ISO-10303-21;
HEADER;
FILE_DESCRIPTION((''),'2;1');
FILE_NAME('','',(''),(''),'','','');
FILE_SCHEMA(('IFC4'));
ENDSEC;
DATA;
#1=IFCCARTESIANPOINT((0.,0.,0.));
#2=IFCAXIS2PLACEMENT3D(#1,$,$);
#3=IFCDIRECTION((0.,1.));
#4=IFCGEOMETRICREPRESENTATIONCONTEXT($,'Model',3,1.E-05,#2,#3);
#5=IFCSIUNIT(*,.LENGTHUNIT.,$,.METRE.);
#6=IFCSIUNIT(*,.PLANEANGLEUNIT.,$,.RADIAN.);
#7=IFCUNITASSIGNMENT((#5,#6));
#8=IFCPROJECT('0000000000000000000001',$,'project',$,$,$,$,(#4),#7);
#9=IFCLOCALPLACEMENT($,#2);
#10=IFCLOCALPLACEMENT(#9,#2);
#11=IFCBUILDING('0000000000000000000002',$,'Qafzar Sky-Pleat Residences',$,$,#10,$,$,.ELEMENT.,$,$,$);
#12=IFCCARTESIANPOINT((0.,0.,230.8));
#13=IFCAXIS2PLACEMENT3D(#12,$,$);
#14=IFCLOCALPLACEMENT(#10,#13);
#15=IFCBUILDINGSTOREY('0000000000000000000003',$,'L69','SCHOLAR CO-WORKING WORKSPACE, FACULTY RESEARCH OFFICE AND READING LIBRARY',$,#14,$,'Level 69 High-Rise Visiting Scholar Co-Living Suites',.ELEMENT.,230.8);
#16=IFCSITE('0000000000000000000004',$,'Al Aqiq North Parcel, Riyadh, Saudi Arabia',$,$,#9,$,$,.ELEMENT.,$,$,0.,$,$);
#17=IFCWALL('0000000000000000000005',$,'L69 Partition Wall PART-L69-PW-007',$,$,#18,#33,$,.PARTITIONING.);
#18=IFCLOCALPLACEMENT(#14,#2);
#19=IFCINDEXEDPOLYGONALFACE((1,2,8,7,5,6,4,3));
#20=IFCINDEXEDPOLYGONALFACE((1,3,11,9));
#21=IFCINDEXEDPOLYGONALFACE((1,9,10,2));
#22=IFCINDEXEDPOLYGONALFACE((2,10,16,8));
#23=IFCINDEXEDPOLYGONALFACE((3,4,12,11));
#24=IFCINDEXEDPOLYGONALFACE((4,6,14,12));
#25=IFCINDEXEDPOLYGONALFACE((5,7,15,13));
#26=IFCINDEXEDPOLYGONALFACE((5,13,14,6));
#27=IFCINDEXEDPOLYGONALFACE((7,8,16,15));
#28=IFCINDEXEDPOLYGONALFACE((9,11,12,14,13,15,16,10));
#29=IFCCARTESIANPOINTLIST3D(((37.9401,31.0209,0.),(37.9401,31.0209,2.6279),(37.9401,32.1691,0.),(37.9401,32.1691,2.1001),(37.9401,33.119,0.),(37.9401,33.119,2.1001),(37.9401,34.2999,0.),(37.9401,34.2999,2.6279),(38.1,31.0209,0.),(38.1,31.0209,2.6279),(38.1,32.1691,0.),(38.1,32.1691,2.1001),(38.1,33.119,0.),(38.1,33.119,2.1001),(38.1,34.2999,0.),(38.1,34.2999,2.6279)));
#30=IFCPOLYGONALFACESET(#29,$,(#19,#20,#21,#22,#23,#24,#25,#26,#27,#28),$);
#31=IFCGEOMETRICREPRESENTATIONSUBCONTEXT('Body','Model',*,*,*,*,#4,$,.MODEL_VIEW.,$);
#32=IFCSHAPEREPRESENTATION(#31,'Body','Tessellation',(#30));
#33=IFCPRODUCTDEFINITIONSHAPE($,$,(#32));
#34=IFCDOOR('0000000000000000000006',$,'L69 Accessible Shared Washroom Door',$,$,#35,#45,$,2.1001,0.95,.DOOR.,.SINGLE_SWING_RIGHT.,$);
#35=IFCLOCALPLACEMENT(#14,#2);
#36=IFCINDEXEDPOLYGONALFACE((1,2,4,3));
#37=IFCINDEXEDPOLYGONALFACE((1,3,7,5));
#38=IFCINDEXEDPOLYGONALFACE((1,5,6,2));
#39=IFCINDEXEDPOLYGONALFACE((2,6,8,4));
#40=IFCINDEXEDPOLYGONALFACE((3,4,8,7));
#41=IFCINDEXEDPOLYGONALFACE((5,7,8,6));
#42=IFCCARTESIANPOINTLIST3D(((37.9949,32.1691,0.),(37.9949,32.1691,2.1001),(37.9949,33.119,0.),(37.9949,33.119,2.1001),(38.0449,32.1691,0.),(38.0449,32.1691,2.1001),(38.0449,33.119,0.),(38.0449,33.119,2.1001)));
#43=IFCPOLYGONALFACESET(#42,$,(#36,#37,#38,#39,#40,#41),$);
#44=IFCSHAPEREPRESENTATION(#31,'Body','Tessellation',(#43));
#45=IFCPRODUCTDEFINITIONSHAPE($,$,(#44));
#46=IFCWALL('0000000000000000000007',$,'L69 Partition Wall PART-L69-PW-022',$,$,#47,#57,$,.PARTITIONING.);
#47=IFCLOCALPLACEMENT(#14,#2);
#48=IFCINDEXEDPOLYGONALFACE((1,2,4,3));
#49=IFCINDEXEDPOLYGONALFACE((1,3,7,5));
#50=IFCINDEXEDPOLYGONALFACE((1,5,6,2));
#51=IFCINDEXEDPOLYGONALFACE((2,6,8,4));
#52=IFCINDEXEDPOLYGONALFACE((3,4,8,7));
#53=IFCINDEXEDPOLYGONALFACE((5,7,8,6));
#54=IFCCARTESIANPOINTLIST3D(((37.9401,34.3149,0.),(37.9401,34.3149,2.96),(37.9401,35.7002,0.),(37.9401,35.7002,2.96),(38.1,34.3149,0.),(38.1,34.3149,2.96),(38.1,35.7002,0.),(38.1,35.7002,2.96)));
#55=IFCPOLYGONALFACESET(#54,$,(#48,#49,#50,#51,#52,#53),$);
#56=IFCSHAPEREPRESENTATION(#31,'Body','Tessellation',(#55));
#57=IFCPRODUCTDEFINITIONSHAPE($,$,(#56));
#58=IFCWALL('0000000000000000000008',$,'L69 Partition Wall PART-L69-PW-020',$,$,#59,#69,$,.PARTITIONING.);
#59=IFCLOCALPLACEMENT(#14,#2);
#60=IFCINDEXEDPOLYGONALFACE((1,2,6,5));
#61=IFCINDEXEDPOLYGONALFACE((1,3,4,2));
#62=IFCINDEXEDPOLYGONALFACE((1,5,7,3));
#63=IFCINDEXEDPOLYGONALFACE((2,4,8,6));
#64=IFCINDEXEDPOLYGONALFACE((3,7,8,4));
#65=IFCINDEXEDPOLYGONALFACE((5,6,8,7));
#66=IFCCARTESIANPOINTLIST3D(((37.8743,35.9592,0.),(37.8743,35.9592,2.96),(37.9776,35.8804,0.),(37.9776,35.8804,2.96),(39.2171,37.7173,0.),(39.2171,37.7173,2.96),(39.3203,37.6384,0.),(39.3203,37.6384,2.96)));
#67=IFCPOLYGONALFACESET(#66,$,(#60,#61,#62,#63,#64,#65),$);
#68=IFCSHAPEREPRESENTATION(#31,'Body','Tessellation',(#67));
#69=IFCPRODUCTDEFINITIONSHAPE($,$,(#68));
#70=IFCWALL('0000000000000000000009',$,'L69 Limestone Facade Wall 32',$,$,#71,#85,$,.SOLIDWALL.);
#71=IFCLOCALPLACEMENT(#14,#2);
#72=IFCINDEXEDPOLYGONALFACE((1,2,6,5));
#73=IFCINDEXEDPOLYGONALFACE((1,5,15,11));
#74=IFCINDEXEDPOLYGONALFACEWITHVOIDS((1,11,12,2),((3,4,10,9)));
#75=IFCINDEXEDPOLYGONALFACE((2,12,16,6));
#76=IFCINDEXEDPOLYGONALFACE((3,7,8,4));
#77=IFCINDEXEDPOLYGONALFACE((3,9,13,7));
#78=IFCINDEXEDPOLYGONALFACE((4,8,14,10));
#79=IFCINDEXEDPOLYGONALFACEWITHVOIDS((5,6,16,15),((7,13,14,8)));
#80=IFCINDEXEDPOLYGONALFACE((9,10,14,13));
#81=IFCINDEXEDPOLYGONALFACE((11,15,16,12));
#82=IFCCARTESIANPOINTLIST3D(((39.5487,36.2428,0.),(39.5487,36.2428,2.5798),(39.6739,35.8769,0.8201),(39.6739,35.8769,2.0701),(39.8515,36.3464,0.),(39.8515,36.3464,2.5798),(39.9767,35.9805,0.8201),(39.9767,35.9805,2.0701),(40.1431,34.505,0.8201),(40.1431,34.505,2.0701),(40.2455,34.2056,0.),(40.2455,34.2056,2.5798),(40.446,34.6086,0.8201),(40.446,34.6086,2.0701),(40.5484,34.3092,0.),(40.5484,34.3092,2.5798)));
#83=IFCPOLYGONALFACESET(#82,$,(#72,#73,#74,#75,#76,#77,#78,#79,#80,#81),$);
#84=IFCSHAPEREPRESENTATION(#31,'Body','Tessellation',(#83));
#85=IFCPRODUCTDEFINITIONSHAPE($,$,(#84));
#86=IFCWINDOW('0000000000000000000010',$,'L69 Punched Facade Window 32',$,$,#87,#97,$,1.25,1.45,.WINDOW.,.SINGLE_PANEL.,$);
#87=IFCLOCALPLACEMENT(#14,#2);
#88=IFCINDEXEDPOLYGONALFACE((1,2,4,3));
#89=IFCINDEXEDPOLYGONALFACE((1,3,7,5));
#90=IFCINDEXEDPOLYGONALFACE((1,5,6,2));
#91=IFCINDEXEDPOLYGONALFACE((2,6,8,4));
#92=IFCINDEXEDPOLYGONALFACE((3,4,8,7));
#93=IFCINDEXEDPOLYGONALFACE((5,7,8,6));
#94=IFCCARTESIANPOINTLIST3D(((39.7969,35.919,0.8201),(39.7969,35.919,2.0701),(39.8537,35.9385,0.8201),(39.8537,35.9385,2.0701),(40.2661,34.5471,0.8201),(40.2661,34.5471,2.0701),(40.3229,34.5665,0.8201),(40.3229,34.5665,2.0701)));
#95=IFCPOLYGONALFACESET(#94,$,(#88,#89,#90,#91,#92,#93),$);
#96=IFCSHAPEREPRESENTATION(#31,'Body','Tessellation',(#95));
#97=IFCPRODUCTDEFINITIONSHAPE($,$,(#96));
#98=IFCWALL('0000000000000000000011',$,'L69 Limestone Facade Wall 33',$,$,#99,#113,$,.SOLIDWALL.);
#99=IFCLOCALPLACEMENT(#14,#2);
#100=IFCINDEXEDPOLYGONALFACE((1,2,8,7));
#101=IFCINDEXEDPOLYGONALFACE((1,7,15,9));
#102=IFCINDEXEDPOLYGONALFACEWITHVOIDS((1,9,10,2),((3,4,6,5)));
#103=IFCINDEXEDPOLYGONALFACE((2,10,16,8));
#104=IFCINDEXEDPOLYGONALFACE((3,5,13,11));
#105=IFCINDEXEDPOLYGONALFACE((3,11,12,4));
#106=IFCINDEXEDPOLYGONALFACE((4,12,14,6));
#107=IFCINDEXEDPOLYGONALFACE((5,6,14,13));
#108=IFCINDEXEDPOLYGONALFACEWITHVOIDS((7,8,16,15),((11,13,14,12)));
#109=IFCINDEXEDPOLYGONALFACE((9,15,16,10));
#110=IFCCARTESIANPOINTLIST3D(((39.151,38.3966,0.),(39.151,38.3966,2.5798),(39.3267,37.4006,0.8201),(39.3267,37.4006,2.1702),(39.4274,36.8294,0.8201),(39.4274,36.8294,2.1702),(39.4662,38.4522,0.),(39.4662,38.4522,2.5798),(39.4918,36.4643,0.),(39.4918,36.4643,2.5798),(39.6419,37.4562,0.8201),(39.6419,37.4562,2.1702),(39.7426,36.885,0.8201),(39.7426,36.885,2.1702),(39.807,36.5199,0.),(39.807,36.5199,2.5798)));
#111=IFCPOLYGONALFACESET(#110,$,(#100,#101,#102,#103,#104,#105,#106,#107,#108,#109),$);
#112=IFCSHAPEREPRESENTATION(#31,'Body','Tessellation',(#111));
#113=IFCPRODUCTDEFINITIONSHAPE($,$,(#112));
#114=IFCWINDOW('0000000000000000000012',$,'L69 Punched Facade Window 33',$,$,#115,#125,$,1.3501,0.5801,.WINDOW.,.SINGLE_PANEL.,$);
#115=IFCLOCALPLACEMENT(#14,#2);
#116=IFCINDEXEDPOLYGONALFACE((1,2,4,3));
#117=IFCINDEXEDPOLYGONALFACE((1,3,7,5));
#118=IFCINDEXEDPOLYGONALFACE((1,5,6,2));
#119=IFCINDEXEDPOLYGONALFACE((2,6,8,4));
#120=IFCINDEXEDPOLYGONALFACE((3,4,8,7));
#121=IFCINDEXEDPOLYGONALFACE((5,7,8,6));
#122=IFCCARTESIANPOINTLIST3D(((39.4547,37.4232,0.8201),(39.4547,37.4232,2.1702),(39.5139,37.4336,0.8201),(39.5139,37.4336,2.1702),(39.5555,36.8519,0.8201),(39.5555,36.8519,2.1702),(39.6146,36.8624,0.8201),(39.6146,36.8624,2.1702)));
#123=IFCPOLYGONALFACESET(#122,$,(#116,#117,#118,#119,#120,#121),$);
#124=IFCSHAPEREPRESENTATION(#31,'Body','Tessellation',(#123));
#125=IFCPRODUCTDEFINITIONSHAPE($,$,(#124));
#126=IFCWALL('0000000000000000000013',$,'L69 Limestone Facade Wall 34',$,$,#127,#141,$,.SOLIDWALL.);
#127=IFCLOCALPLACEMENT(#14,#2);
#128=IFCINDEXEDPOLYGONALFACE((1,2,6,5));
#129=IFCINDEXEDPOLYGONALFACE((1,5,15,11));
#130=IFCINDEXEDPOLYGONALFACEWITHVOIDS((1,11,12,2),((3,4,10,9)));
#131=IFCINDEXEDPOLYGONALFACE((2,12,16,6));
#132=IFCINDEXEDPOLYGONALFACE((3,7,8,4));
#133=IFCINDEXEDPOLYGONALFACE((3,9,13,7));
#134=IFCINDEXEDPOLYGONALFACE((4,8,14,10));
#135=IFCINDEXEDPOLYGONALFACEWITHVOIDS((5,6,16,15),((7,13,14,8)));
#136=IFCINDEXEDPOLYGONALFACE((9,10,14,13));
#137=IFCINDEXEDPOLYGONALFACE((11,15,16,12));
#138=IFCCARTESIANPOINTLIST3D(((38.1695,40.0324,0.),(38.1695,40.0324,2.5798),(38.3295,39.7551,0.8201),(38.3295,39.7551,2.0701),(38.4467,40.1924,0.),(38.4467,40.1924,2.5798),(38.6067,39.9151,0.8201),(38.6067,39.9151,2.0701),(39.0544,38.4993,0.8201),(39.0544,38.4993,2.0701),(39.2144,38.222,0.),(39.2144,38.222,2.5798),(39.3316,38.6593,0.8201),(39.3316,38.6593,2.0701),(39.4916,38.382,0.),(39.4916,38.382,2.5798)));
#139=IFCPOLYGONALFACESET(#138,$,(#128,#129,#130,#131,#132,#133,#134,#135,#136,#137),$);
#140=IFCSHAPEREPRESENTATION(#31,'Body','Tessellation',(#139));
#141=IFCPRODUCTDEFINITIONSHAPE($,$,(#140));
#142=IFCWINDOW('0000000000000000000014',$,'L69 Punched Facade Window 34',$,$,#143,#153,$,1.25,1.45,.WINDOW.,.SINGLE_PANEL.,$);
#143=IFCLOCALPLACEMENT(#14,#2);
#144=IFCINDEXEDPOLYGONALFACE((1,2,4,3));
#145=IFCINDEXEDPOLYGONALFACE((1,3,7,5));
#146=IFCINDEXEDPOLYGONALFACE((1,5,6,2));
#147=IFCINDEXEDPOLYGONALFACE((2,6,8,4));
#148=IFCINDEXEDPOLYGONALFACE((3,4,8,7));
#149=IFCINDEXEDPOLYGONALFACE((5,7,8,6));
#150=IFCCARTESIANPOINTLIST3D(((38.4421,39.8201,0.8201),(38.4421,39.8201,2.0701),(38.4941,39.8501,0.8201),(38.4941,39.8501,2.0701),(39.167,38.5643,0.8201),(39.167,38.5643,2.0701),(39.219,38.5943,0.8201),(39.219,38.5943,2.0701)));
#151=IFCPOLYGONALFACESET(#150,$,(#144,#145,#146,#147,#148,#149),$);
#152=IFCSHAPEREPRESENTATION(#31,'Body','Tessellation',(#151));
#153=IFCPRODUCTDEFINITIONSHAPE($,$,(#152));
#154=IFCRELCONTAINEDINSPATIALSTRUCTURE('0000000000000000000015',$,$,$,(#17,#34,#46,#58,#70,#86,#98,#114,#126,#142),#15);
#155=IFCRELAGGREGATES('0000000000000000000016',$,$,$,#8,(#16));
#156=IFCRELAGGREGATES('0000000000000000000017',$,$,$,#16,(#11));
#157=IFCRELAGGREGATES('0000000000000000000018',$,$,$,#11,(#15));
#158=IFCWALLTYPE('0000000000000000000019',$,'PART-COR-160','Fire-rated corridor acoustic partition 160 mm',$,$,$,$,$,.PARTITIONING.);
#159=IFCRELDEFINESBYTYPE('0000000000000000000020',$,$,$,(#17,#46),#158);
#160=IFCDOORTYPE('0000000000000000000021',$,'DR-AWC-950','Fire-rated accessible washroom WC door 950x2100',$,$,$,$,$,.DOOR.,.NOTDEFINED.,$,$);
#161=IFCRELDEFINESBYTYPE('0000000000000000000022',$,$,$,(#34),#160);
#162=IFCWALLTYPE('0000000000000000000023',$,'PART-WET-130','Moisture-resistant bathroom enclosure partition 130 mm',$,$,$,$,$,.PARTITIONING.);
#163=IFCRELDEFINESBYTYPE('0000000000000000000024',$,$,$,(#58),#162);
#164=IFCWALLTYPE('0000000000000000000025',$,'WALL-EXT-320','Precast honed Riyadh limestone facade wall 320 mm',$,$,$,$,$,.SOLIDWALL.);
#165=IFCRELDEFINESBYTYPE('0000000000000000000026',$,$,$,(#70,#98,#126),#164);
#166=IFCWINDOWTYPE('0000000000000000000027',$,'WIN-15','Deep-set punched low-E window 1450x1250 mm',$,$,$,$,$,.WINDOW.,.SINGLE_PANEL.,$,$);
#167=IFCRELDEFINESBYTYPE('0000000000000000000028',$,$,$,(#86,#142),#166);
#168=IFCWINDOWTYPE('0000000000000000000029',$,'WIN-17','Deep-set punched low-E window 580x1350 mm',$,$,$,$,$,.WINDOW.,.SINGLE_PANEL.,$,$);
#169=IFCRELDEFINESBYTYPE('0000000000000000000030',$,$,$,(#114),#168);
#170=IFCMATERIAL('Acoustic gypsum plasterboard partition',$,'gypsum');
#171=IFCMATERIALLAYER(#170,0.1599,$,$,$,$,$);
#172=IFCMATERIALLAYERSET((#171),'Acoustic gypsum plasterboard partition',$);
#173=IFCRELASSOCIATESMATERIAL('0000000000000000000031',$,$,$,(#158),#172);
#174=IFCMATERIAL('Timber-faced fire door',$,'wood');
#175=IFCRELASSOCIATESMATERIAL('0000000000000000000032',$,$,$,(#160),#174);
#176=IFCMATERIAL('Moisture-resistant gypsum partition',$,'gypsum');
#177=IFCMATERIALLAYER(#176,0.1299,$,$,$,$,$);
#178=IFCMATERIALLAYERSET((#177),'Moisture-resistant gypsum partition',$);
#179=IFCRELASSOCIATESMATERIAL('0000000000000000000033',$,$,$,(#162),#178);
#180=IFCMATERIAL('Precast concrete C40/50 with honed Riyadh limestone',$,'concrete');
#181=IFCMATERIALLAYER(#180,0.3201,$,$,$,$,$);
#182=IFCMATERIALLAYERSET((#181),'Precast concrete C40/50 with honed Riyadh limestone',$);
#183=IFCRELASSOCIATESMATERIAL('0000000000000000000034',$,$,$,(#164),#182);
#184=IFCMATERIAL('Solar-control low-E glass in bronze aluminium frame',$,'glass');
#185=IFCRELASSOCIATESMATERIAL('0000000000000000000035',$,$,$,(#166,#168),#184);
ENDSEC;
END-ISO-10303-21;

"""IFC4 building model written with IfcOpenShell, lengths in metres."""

from ifc_helpers import new_model, si_unit, direction, frame, frame_2d, origin, place, context, subcontext, project, spatial, rectangle, extrude, source, transform, mapped, material, layer, layer_set, type_object, element, fill, save


model = new_model("IFC4")

# Units and contexts
model_context = context("Model", 3, precision=1e-05, world=origin(), true_north=direction((0.0, 1.0)))
body_context = subcontext(model_context, "Body", "Model", "MODEL_VIEW")
ifc_project = project(units=[si_unit("LENGTHUNIT", "METRE"), si_unit("PLANEANGLEUNIT", "RADIAN")], contexts=[model_context])

# Site, building, storey
site_placement = place(None, origin())
site = spatial("IfcSite", under=ifc_project, at=site_placement, Name="Al Aqiq North Parcel, Riyadh, Saudi Arabia", CompositionType="ELEMENT", RefElevation=0.0)
building_placement = place(site_placement, origin())
building = spatial("IfcBuilding", under=site, at=building_placement, Name="Qafzar Sky-Pleat Residences", CompositionType="ELEMENT")
storey_placement = place(building_placement, frame((0.0, 0.0, 230.8)))
storey = spatial("IfcBuildingStorey", under=building, at=storey_placement, Name="L69", Description="SCHOLAR CO-WORKING WORKSPACE, FACULTY RESEARCH OFFICE AND READING LIBRARY", LongName="Level 69 High-Rise Visiting Scholar Co-Living Suites", CompositionType="ELEMENT", Elevation=230.8)

# Wall, opening, door
ifc_material_1 = material(Name="Acoustic gypsum plasterboard partition", Category="gypsum")
ifc_layer_1 = layer(ifc_material_1, 0.1599)
ifc_layer_set_1 = layer_set([ifc_layer_1], Name="Acoustic gypsum plasterboard partition")
wall_type_1 = type_object("IfcWallType", Name="PART-COR-160", Description="Fire-rated corridor acoustic partition 160 mm", PredefinedType="PARTITIONING", material=ifc_layer_set_1)
wall_1_placement = place(storey_placement, frame((38.02, 34.3, 0.0), z_axis=(0.0, 0.0, 1.0), x_axis=(0.0, -1.0, 0.0)))
wall_1 = element("IfcWall", 1, at=wall_1_placement, inside=storey, type_object=wall_type_1, Name="L69 Partition Wall PART-L69-PW-007", PredefinedType="PARTITIONING", context=body_context, shape_type="SweptSolid", body=[
    extrude(rectangle(XDim=3.2791, YDim=0.1599, at=frame_2d((1.6396, 0.0))), origin(), (0.0, 0.0, 1.0), 2.6279),
])
opening_1_placement = place(wall_1_placement, frame((1.1809, 0.0, 0.0)))
opening_1 = element("IfcOpeningElement", 2, at=opening_1_placement, cuts=wall_1, PredefinedType="OPENING", context=body_context, shape_type="SweptSolid", body=[
    extrude(rectangle(XDim=0.95, YDim=2.1001, at=frame_2d((0.4751, 1.05))), frame((0.0, 0.0898, 0.0), z_axis=(0.0, -1.0, 0.0), x_axis=(1.0, 0.0, 0.0)), (0.0, 0.0, 1.0), 0.1799),
])
ifc_material_2 = material(Name="Timber-faced fire door", Category="wood")
door_type = type_object("IfcDoorType", Name="DR-AWC-950", Description="Fire-rated accessible washroom WC door 950x2100", OperationType="NOTDEFINED", PredefinedType="DOOR", material=ifc_material_2)
shared_shape_1 = source(origin(), body_context, "Body", "SweptSolid", [
    extrude(rectangle(XDim=0.95, YDim=2.1001, at=frame_2d((0.4751, 1.05))), frame((0.0, 0.0249, 0.0), z_axis=(0.0, -1.0, 0.0), x_axis=(1.0, 0.0, 0.0)), (0.0, 0.0, 1.0), 0.05),
])
door_placement = place(opening_1_placement, origin())
door = element("IfcDoor", 3, at=door_placement, inside=storey, type_object=door_type, Name="L69 Accessible Shared Washroom Door", OperationType="SINGLE_SWING_RIGHT", OverallHeight=2.1001, OverallWidth=0.95, PredefinedType="DOOR", context=body_context, shape_type="MappedRepresentation", body=[
    mapped(shared_shape_1, transform((0.0, 0.0, 0.0), x_axis=(1.0, 0.0, 0.0), y_axis=(0.0, 1.0, 0.0), z_axis=(0.0, 0.0, 1.0), scale=1.0)),
])
fill(opening_1, door)

# Walls
wall_2_placement = place(storey_placement, frame((38.02, 34.3149, 0.0), z_axis=(0.0, 0.0, 1.0), x_axis=(0.0, 1.0, 0.0)))
element("IfcWall", 4, at=wall_2_placement, inside=storey, type_object=wall_type_1, Name="L69 Partition Wall PART-L69-PW-022", PredefinedType="PARTITIONING", context=body_context, shape_type="SweptSolid", body=[
    extrude(rectangle(XDim=1.3853, YDim=0.1599, at=frame_2d((0.6926, 0.0))), origin(), (0.0, 0.0, 1.0), 2.96),
])
ifc_material_3 = material(Name="Moisture-resistant gypsum partition", Category="gypsum")
ifc_layer_2 = layer(ifc_material_3, 0.1299)
ifc_layer_set_2 = layer_set([ifc_layer_2], Name="Moisture-resistant gypsum partition")
wall_type_2 = type_object("IfcWallType", Name="PART-WET-130", Description="Moisture-resistant bathroom enclosure partition 130 mm", PredefinedType="PARTITIONING", material=ifc_layer_set_2)
wall_3_placement = place(storey_placement, frame((37.926, 35.9199, 0.0), z_axis=(0.0, 0.0, 1.0), x_axis=(0.606987, 0.794712, 0.0)))
element("IfcWall", 5, at=wall_3_placement, inside=storey, type_object=wall_type_2, Name="L69 Partition Wall PART-L69-PW-020", PredefinedType="PARTITIONING", context=body_context, shape_type="SweptSolid", body=[
    extrude(rectangle(XDim=2.2122, YDim=0.1299, at=frame_2d((1.106, 0.0))), origin(), (0.0, 0.0, 1.0), 2.96),
])

# Walls, openings, windows
ifc_material_4 = material(Name="Precast concrete C40/50 with honed Riyadh limestone", Category="concrete")
ifc_layer_3 = layer(ifc_material_4, 0.3201)
ifc_layer_set_3 = layer_set([ifc_layer_3], Name="Precast concrete C40/50 with honed Riyadh limestone")
wall_type_3 = type_object("IfcWallType", Name="WALL-EXT-320", Description="Precast honed Riyadh limestone facade wall 320 mm", PredefinedType="SOLIDWALL", material=ifc_layer_set_3)
wall_4_placement = place(storey_placement, frame((40.397, 34.2573, 0.0), z_axis=(0.0, 0.0, 1.0), x_axis=(-0.323634, 0.946182, 0.0)))
wall_4 = element("IfcWall", 6, at=wall_4_placement, inside=storey, type_object=wall_type_3, Name="L69 Limestone Facade Wall 32", PredefinedType="SOLIDWALL", context=body_context, shape_type="SweptSolid", body=[
    extrude(rectangle(XDim=2.1531, YDim=0.3201, at=frame_2d((1.0767, 0.0))), origin(), (0.0, 0.0, 1.0), 2.5798),
])
opening_2_placement = place(wall_4_placement, frame((0.3164, 0.0, 0.8201)))
opening_2 = element("IfcOpeningElement", 7, at=opening_2_placement, cuts=wall_4, PredefinedType="OPENING", context=body_context, shape_type="SweptSolid", body=[
    extrude(rectangle(XDim=1.45, YDim=1.25, at=frame_2d((0.7251, 0.625))), frame((0.0, 0.1699, 0.0), z_axis=(0.0, -1.0, 0.0), x_axis=(1.0, 0.0, 0.0)), (0.0, 0.0, 1.0), 0.3401),
])
ifc_material_5 = material(Name="Solar-control low-E glass in bronze aluminium frame", Category="glass")
window_type_1 = type_object("IfcWindowType", Name="WIN-15", Description="Deep-set punched low-E window 1450x1250 mm", PartitioningType="SINGLE_PANEL", PredefinedType="WINDOW", material=ifc_material_5)
shared_shape_2 = source(origin(), body_context, "Body", "SweptSolid", [
    extrude(rectangle(XDim=1.45, YDim=1.25, at=frame_2d((0.7251, 0.625))), frame((0.0, 0.03, 0.0), z_axis=(0.0, -1.0, 0.0), x_axis=(1.0, 0.0, 0.0)), (0.0, 0.0, 1.0), 0.0601),
])
window_1_placement = place(opening_2_placement, origin())
window_1 = element("IfcWindow", 8, at=window_1_placement, inside=storey, type_object=window_type_1, Name="L69 Punched Facade Window 32", OverallHeight=1.25, OverallWidth=1.45, PartitioningType="SINGLE_PANEL", PredefinedType="WINDOW", context=body_context, shape_type="MappedRepresentation", body=[
    mapped(shared_shape_2, transform((0.0, 0.0, 0.0), x_axis=(1.0, 0.0, 0.0), y_axis=(0.0, 1.0, 0.0), z_axis=(0.0, 0.0, 1.0), scale=1.0)),
])
fill(opening_2, window_1)
wall_5_placement = place(storey_placement, frame((39.6494, 36.4922, 0.0), z_axis=(0.0, 0.0, 1.0), x_axis=(-0.173693, 0.9848, 0.0)))
wall_5 = element("IfcWall", 9, at=wall_5_placement, inside=storey, type_object=wall_type_3, Name="L69 Limestone Facade Wall 33", PredefinedType="SOLIDWALL", context=body_context, shape_type="SweptSolid", body=[
    extrude(rectangle(XDim=1.9622, YDim=0.3201, at=frame_2d((0.981, 0.0))), origin(), (0.0, 0.0, 1.0), 2.5798),
])
opening_3_placement = place(wall_5_placement, frame((0.3706, 0.0, 0.8201)))
opening_3 = element("IfcOpeningElement", 10, at=opening_3_placement, cuts=wall_5, PredefinedType="OPENING", context=body_context, shape_type="SweptSolid", body=[
    extrude(rectangle(XDim=0.5801, YDim=1.3501, at=frame_2d((0.29, 0.675))), frame((0.0, 0.1699, 0.0), z_axis=(0.0, -1.0, 0.0), x_axis=(1.0, 0.0, 0.0)), (0.0, 0.0, 1.0), 0.3401),
])
window_type_2 = type_object("IfcWindowType", Name="WIN-17", Description="Deep-set punched low-E window 580x1350 mm", PartitioningType="SINGLE_PANEL", PredefinedType="WINDOW", material=ifc_material_5)
shared_shape_3 = source(origin(), body_context, "Body", "SweptSolid", [
    extrude(rectangle(XDim=0.5801, YDim=1.3501, at=frame_2d((0.29, 0.675))), frame((0.0, 0.03, 0.0), z_axis=(0.0, -1.0, 0.0), x_axis=(1.0, 0.0, 0.0)), (0.0, 0.0, 1.0), 0.0601),
])
window_2_placement = place(opening_3_placement, origin())
window_2 = element("IfcWindow", 11, at=window_2_placement, inside=storey, type_object=window_type_2, Name="L69 Punched Facade Window 33", OverallHeight=1.3501, OverallWidth=0.5801, PartitioningType="SINGLE_PANEL", PredefinedType="WINDOW", context=body_context, shape_type="MappedRepresentation", body=[
    mapped(shared_shape_3, transform((0.0, 0.0, 0.0), x_axis=(1.0, 0.0, 0.0), y_axis=(0.0, 1.0, 0.0), z_axis=(0.0, 0.0, 1.0), scale=1.0)),
])
fill(opening_3, window_2)
wall_6_placement = place(storey_placement, frame((39.353, 38.302, 0.0), z_axis=(0.0, 0.0, 1.0), x_axis=(-0.499908, 0.866079, 0.0)))
wall_6 = element("IfcWall", 12, at=wall_6_placement, inside=storey, type_object=wall_type_3, Name="L69 Limestone Facade Wall 34", PredefinedType="SOLIDWALL", context=body_context, shape_type="SweptSolid", body=[
    extrude(rectangle(XDim=2.0903, YDim=0.3201, at=frame_2d((1.0452, 0.0))), origin(), (0.0, 0.0, 1.0), 2.5798),
])
opening_4_placement = place(wall_6_placement, frame((0.3201, 0.0, 0.8201)))
opening_4 = element("IfcOpeningElement", 13, at=opening_4_placement, cuts=wall_6, PredefinedType="OPENING", context=body_context, shape_type="SweptSolid", body=[
    extrude(rectangle(XDim=1.45, YDim=1.25, at=frame_2d((0.7251, 0.625))), frame((0.0, 0.1699, 0.0), z_axis=(0.0, -1.0, 0.0), x_axis=(1.0, 0.0, 0.0)), (0.0, 0.0, 1.0), 0.3401),
])
window_3_placement = place(opening_4_placement, origin())
window_3 = element("IfcWindow", 14, at=window_3_placement, inside=storey, type_object=window_type_1, Name="L69 Punched Facade Window 34", OverallHeight=1.25, OverallWidth=1.45, PartitioningType="SINGLE_PANEL", PredefinedType="WINDOW", context=body_context, shape_type="MappedRepresentation", body=[
    mapped(shared_shape_2, transform((0.0, 0.0, 0.0), x_axis=(1.0, 0.0, 0.0), y_axis=(0.0, 1.0, 0.0), z_axis=(0.0, 0.0, 1.0), scale=1.0)),
])
fill(opening_4, window_3)

save(model, "model.ifc")
